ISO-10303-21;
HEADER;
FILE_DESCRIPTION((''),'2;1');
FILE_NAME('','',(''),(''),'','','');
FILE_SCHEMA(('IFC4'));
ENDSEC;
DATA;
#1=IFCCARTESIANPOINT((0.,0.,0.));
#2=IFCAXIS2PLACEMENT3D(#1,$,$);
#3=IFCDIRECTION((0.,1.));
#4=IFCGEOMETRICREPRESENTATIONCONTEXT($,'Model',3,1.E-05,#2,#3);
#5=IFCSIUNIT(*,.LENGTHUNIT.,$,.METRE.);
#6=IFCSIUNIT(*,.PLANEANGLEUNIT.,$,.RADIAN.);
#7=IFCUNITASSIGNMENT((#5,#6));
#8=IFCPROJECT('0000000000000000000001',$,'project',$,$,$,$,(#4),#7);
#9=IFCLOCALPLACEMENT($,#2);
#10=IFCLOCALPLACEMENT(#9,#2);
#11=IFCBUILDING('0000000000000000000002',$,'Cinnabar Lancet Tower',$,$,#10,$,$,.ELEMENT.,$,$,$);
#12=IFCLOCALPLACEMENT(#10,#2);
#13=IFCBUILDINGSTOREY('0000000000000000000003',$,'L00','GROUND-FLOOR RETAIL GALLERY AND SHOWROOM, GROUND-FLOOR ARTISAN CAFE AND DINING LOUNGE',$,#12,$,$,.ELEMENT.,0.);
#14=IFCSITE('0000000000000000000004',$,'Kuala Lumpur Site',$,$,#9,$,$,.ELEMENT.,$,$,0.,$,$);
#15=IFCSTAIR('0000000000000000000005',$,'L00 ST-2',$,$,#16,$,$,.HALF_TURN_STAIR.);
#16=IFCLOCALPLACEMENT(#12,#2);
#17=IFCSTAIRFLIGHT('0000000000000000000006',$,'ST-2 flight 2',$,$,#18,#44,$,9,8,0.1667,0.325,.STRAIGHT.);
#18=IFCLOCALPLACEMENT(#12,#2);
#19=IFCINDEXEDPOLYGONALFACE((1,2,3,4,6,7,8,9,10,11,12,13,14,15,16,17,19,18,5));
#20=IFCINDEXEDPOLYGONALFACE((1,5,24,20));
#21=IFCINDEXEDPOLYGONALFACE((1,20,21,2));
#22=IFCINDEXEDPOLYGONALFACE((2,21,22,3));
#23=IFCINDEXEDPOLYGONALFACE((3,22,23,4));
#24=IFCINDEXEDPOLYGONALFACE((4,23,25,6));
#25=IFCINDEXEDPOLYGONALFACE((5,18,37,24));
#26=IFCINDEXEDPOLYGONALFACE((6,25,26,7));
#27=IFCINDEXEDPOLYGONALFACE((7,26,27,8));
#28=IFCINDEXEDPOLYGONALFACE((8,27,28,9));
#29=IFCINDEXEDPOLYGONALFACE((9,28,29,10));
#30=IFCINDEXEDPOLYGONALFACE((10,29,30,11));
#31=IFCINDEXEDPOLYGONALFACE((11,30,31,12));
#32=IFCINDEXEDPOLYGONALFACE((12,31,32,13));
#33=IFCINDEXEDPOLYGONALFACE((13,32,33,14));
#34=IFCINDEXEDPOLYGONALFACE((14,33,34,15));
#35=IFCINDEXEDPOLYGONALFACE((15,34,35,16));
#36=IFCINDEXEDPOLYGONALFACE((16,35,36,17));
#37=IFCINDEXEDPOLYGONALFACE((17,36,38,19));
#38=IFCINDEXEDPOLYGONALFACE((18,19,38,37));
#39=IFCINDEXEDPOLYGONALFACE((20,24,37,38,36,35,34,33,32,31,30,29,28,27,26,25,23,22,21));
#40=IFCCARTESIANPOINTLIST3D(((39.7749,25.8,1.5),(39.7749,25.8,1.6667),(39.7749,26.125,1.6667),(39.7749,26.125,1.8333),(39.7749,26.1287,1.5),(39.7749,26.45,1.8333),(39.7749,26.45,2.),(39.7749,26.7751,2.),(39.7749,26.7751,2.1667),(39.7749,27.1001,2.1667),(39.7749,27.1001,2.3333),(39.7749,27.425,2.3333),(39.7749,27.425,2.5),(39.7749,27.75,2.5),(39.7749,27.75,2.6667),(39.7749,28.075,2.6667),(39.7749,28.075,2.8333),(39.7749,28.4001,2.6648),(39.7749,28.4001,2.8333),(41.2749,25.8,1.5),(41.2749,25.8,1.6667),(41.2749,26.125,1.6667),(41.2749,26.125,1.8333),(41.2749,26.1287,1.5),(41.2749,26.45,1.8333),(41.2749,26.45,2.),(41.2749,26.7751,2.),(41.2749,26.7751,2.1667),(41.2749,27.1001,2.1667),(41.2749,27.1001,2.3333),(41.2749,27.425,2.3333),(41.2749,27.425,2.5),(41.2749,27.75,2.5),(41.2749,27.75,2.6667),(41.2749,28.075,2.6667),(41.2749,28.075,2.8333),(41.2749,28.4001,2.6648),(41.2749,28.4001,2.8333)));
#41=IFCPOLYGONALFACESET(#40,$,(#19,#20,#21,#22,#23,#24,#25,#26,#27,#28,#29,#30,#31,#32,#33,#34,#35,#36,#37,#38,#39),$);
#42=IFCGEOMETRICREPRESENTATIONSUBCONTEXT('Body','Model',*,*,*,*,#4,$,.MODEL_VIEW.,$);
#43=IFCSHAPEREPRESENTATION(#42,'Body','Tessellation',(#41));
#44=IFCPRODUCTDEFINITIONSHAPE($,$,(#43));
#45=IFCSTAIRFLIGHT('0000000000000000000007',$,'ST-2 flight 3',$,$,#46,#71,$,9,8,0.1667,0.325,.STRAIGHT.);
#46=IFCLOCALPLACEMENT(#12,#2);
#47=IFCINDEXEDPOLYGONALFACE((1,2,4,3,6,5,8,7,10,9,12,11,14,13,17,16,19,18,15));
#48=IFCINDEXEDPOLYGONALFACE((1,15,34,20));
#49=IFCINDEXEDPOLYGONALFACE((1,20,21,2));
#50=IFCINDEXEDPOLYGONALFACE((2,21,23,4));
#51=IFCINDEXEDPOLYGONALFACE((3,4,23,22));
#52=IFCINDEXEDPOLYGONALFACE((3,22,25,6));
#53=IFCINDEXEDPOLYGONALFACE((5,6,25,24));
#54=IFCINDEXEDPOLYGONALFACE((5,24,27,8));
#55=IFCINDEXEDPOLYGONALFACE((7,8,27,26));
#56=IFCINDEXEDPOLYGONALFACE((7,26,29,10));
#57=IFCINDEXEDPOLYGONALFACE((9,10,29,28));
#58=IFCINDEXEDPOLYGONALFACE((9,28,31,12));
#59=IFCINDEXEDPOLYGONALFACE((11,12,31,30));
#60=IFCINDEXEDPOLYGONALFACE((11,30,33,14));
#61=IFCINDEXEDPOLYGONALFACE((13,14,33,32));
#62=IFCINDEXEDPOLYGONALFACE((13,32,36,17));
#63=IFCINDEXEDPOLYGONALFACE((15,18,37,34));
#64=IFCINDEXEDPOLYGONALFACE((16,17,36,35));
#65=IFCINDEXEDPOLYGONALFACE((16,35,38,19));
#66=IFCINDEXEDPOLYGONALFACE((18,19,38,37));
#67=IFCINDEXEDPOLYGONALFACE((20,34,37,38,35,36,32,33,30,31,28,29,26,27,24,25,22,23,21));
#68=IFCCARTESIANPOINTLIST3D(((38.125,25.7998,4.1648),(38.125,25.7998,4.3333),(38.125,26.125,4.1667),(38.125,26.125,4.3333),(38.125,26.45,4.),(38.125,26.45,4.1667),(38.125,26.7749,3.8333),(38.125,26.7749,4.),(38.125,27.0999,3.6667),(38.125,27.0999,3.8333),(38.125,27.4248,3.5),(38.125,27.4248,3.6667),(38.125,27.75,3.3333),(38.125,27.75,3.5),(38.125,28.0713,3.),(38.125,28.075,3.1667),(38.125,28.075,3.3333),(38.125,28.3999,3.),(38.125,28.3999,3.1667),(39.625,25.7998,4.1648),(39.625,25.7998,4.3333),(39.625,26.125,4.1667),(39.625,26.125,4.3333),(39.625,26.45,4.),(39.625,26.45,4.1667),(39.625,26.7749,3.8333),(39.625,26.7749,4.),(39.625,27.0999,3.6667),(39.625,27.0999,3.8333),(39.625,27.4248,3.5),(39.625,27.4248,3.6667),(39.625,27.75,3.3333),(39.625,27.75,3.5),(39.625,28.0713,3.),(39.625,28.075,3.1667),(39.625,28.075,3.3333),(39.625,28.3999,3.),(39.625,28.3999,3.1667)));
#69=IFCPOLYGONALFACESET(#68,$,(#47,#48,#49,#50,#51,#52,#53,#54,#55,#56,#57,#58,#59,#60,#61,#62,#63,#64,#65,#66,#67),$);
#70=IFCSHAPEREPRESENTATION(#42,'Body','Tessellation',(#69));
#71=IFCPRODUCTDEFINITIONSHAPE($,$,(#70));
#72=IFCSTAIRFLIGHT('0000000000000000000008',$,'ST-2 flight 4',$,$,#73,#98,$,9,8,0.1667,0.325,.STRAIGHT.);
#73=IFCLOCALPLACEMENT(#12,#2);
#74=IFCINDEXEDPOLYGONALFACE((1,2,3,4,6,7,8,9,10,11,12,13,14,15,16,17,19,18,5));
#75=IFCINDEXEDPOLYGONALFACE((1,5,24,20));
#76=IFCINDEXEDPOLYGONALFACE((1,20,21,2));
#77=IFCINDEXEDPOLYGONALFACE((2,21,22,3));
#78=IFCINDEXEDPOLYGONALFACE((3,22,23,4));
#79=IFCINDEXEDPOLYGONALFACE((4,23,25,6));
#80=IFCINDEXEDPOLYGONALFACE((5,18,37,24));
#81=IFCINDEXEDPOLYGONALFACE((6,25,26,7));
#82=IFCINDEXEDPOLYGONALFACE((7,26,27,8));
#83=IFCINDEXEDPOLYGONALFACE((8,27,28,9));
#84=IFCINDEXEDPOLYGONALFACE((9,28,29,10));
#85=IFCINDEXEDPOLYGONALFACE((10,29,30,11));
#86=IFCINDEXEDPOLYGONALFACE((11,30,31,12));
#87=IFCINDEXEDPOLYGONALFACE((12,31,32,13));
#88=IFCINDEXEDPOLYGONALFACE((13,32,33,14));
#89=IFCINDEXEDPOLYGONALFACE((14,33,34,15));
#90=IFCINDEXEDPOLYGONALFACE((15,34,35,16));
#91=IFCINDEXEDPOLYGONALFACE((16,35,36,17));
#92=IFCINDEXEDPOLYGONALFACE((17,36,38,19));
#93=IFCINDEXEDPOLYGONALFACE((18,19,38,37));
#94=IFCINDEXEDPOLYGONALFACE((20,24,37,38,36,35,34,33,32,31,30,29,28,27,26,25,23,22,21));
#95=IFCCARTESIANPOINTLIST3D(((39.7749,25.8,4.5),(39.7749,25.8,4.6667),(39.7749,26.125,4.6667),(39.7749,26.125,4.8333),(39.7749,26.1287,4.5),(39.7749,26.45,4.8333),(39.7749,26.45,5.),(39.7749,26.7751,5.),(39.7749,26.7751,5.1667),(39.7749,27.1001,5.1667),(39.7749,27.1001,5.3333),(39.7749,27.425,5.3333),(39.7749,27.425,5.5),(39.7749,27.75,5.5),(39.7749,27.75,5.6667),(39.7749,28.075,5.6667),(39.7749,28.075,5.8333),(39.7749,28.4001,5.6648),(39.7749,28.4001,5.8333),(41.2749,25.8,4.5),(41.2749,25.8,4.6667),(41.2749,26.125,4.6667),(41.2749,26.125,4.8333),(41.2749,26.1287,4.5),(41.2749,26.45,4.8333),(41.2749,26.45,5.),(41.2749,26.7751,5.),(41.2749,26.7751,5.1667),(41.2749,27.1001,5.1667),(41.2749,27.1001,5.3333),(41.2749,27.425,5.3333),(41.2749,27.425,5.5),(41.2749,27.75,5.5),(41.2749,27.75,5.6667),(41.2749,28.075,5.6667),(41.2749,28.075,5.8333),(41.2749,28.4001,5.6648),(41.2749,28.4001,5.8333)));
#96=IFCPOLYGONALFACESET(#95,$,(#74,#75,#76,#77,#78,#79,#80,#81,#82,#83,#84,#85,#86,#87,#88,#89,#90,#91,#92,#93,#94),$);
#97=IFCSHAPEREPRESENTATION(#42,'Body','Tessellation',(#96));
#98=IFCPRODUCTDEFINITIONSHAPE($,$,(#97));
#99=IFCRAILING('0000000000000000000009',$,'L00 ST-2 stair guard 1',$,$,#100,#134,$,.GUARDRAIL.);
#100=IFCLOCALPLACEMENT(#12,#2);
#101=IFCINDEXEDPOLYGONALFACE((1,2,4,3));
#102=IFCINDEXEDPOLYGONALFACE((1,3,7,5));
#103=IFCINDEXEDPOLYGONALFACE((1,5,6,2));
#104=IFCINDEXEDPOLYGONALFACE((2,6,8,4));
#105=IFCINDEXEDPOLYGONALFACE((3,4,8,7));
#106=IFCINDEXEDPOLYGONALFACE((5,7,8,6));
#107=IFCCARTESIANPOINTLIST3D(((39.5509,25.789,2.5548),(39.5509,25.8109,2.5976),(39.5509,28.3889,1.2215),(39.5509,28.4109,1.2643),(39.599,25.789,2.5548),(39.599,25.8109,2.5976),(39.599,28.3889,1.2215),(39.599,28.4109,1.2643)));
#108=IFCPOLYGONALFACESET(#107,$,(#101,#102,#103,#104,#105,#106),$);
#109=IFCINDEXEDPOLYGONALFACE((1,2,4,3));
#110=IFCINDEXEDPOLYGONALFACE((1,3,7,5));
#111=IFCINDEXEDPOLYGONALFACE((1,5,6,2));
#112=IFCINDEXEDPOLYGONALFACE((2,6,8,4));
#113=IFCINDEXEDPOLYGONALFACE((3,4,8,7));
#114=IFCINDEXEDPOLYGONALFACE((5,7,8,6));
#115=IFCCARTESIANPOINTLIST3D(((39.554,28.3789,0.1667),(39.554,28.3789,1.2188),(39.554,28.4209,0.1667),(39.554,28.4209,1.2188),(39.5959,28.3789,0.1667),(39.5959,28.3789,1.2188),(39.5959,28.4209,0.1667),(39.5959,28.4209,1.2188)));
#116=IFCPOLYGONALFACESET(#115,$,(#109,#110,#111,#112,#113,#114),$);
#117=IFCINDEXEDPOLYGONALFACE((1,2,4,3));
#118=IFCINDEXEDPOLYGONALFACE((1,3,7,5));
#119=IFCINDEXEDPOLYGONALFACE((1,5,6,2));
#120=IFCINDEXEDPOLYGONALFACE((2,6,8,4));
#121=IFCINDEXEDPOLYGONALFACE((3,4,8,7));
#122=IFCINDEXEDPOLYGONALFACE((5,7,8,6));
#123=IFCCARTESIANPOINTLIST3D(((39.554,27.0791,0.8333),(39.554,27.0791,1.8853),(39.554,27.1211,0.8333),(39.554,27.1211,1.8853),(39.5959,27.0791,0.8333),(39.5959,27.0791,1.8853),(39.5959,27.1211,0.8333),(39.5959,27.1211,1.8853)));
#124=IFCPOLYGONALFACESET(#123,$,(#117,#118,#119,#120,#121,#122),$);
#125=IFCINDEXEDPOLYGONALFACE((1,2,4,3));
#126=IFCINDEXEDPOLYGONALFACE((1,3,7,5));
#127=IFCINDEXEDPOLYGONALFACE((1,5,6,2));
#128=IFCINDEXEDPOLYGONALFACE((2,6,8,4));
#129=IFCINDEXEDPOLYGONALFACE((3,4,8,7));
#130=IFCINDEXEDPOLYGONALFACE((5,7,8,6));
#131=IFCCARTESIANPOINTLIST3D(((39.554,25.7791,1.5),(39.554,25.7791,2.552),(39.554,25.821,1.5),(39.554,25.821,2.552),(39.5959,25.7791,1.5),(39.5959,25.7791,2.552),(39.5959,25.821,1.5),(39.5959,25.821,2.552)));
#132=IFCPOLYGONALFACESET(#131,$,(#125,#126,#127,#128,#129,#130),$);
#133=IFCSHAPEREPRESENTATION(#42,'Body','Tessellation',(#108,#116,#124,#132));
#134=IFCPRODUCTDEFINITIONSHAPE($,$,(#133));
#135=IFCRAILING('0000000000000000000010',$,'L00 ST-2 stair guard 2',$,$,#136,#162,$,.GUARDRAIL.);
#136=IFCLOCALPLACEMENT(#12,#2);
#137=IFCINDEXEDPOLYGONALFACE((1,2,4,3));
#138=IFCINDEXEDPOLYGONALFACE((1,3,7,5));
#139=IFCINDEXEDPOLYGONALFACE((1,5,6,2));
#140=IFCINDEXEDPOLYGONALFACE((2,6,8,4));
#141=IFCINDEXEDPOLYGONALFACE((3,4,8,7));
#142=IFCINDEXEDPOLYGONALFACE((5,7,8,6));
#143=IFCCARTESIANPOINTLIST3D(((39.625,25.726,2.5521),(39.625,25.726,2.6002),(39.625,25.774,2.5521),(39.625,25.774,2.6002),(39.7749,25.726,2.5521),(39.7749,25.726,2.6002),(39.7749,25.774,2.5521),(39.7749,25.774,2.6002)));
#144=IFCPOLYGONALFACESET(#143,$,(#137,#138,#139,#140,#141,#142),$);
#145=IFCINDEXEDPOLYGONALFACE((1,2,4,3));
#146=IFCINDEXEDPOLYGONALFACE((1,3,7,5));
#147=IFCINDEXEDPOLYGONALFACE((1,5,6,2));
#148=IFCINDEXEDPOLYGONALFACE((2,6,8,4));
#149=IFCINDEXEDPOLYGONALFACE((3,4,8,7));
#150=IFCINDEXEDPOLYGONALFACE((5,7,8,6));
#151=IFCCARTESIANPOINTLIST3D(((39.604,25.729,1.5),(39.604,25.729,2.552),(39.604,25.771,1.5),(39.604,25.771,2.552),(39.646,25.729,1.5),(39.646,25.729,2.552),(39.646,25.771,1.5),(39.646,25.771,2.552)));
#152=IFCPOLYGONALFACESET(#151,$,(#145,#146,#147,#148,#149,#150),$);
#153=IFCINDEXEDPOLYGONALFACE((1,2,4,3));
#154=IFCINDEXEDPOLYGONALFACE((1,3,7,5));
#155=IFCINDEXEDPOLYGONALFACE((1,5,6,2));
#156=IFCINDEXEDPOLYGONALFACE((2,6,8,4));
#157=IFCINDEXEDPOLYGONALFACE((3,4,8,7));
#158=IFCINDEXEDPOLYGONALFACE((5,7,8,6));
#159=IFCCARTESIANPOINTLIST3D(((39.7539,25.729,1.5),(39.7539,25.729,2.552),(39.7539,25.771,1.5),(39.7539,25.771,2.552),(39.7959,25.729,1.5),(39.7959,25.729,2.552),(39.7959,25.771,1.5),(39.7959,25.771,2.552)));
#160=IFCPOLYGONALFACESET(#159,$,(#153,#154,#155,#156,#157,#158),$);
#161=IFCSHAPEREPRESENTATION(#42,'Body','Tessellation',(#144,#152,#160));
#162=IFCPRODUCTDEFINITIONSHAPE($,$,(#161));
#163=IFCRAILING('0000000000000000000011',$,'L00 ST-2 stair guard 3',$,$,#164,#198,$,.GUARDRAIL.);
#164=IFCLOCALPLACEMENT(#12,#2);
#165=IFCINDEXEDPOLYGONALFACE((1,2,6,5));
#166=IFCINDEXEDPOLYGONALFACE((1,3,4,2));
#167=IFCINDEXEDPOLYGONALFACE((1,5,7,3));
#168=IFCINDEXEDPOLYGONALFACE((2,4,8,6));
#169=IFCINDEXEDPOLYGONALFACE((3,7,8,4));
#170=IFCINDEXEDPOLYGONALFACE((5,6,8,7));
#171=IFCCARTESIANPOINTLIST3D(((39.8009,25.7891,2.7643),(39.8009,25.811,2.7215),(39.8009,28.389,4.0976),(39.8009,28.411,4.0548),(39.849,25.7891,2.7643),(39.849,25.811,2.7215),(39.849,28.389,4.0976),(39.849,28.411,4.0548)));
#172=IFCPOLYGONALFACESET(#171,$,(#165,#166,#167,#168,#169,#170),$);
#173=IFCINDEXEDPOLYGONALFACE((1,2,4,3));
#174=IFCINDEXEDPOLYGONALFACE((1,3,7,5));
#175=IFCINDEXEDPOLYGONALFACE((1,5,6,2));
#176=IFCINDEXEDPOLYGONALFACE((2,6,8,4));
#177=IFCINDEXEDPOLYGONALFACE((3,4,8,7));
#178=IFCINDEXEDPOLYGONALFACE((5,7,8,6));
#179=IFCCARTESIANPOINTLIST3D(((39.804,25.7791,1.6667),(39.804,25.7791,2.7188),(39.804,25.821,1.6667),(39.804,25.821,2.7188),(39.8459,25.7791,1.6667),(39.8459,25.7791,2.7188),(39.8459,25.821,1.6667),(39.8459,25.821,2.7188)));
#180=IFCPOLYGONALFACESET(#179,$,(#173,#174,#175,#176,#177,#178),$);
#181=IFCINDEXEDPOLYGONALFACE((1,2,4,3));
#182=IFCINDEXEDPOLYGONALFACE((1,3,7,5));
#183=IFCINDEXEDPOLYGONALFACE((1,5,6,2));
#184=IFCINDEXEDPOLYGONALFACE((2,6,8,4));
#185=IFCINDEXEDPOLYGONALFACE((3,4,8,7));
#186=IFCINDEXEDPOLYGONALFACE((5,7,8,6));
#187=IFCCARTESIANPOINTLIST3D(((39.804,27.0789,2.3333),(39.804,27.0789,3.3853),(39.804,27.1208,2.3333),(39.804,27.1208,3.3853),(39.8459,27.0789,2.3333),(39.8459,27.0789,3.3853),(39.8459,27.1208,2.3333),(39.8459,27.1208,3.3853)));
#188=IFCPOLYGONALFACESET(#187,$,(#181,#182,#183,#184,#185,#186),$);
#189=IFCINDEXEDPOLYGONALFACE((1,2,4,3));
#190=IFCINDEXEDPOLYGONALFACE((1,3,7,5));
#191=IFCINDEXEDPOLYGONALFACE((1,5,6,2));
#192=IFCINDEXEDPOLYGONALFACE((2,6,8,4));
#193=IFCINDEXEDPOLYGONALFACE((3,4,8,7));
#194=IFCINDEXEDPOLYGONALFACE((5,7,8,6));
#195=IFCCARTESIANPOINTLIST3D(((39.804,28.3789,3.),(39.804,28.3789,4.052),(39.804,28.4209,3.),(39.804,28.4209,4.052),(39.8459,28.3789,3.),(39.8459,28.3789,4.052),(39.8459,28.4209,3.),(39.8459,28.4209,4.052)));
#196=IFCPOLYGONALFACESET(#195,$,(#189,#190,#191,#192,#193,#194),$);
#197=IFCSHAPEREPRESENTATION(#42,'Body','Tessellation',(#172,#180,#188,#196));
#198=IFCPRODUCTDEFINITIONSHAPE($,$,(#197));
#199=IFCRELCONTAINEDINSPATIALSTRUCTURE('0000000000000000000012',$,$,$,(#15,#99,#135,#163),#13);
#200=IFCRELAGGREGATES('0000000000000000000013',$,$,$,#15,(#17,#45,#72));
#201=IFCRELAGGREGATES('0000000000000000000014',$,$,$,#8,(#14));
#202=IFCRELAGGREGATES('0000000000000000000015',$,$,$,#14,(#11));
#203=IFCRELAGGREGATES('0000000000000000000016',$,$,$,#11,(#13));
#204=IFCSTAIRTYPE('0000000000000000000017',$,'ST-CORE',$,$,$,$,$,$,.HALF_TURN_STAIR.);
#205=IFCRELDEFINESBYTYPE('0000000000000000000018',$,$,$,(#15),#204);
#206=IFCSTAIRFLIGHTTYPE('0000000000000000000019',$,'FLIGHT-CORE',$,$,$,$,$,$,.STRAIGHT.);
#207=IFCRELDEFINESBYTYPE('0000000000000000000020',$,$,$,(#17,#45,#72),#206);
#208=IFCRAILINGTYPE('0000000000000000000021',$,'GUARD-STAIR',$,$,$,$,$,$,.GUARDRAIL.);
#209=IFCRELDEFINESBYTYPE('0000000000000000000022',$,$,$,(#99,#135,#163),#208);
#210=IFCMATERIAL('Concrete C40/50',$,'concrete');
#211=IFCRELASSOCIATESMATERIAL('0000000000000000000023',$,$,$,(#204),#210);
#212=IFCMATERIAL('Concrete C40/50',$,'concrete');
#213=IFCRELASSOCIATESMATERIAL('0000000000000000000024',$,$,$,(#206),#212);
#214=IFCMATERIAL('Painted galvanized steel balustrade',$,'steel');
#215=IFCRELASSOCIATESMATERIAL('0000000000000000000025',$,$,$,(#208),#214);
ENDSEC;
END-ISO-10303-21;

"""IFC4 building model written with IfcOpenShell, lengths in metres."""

from ifc_helpers import new_model, si_unit, direction, frame, origin, origin_2d, place, context, subcontext, project, spatial, polyline, rectangle, outline, extrude, material, type_object, element, aggregate, save


model = new_model("IFC4")

# Units and contexts
model_context = context("Model", 3, precision=1e-05, world=origin(), true_north=direction((0.0, 1.0)))
body_context = subcontext(model_context, "Body", "Model", "MODEL_VIEW")
ifc_project = project(units=[si_unit("LENGTHUNIT", "METRE"), si_unit("PLANEANGLEUNIT", "RADIAN")], contexts=[model_context])

# Site, building, storey
site_placement = place(None, origin())
site = spatial("IfcSite", under=ifc_project, at=site_placement, Name="Kuala Lumpur Site", CompositionType="ELEMENT", RefElevation=0.0)
building_placement = place(site_placement, origin())
building = spatial("IfcBuilding", under=site, at=building_placement, Name="Cinnabar Lancet Tower", CompositionType="ELEMENT")
storey_placement = place(building_placement, origin())
storey = spatial("IfcBuildingStorey", under=building, at=storey_placement, Name="L00", Description="GROUND-FLOOR RETAIL GALLERY AND SHOWROOM, GROUND-FLOOR ARTISAN CAFE AND DINING LOUNGE", CompositionType="ELEMENT", Elevation=0.0)

# Stair, stair flights
ifc_material_1 = material(Name="Concrete C40/50", Category="concrete")
stair_type = type_object("IfcStairType", Name="ST-CORE", PredefinedType="HALF_TURN_STAIR", material=ifc_material_1)
stair_placement = place(storey_placement, origin())
stair = element("IfcStair", 1, at=stair_placement, inside=storey, type_object=stair_type, Name="L00 ST-2", PredefinedType="HALF_TURN_STAIR")
ifc_material_2 = material(Name="Concrete C40/50", Category="concrete")
stair_flight_type = type_object("IfcStairFlightType", Name="FLIGHT-CORE", PredefinedType="STRAIGHT", material=ifc_material_2)
stair_flight_1_placement = place(storey_placement, frame((40.5249, 25.8, 1.5), z_axis=(0.0, 0.0, 1.0), x_axis=(0.0, 1.0, 0.0)))
stair_flight_1 = element("IfcStairFlight", 2, at=stair_flight_1_placement, type_object=stair_flight_type, Name="ST-2 flight 2", NumberOfRisers=9, NumberOfTreads=8, PredefinedType="STRAIGHT", RiserHeight=0.1667, TreadLength=0.325, context=body_context, shape_type="SweptSolid", body=[
    extrude(outline(polyline([(0.0, 0.0), (0.0, 0.1667), (0.325, 0.1667), (0.325, 0.3333), (0.6499, 0.3333), (0.6499, 0.5), (0.9751, 0.5), (0.9751, 0.6667), (1.3, 0.6667), (1.3, 0.8333), (1.625, 0.8333), (1.625, 1.0), (1.95, 1.0), (1.95, 1.1667), (2.2749, 1.1667), (2.2749, 1.3333), (2.6001, 1.3333), (2.6001, 1.5), (2.6001, 1.1648), (0.3286, 0.0), (0.0, 0.0)])), frame((0.0, 0.75, 0.0), z_axis=(0.0, -1.0, 0.0), x_axis=(1.0, 0.0, 0.0)), (0.0, 0.0, 1.0), 1.5),
])
stair_flight_2_placement = place(storey_placement, frame((38.875, 28.3999, 3.0), z_axis=(0.0, 0.0, 1.0), x_axis=(0.0, -1.0, 0.0)))
stair_flight_2 = element("IfcStairFlight", 3, at=stair_flight_2_placement, type_object=stair_flight_type, Name="ST-2 flight 3", NumberOfRisers=9, NumberOfTreads=8, PredefinedType="STRAIGHT", RiserHeight=0.1667, TreadLength=0.325, context=body_context, shape_type="SweptSolid", body=[
    extrude(outline(polyline([(0.0, 0.0), (0.0, 0.1667), (0.325, 0.1667), (0.325, 0.3333), (0.6499, 0.3333), (0.6499, 0.5), (0.9751, 0.5), (0.9751, 0.6667), (1.3, 0.6667), (1.3, 0.8333), (1.625, 0.8333), (1.625, 1.0), (1.95, 1.0), (1.95, 1.1667), (2.2749, 1.1667), (2.2749, 1.3333), (2.6001, 1.3333), (2.6001, 1.5), (2.6001, 1.1648), (0.3286, 0.0), (0.0, 0.0)])), frame((0.0, 0.75, 0.0), z_axis=(0.0, -1.0, 0.0), x_axis=(1.0, 0.0, 0.0)), (0.0, 0.0, 1.0), 1.5),
])
stair_flight_3_placement = place(storey_placement, frame((40.5249, 25.8, 4.5), z_axis=(0.0, 0.0, 1.0), x_axis=(0.0, 1.0, 0.0)))
stair_flight_3 = element("IfcStairFlight", 4, at=stair_flight_3_placement, type_object=stair_flight_type, Name="ST-2 flight 4", NumberOfRisers=9, NumberOfTreads=8, PredefinedType="STRAIGHT", RiserHeight=0.1667, TreadLength=0.325, context=body_context, shape_type="SweptSolid", body=[
    extrude(outline(polyline([(0.0, 0.0), (0.0, 0.1667), (0.325, 0.1667), (0.325, 0.3333), (0.6499, 0.3333), (0.6499, 0.5), (0.9751, 0.5), (0.9751, 0.6667), (1.3, 0.6667), (1.3, 0.8333), (1.625, 0.8333), (1.625, 1.0), (1.95, 1.0), (1.95, 1.1667), (2.2749, 1.1667), (2.2749, 1.3333), (2.6001, 1.3333), (2.6001, 1.5), (2.6001, 1.1648), (0.3286, 0.0), (0.0, 0.0)])), frame((0.0, 0.75, 0.0), z_axis=(0.0, -1.0, 0.0), x_axis=(1.0, 0.0, 0.0)), (0.0, 0.0, 1.0), 1.5),
])
aggregate(stair, [stair_flight_1, stair_flight_2, stair_flight_3])

# Railings
ifc_material_3 = material(Name="Painted galvanized steel balustrade", Category="steel")
railing_type_1 = type_object("IfcRailingType", Name="GUARD-STAIR", PredefinedType="GUARDRAIL", material=ifc_material_3)
railing_1_placement = place(storey_placement, frame((39.575, 28.3999, 0.1667)))
element("IfcRailing", 5, at=railing_1_placement, inside=storey, type_object=railing_type_1, Name="L00 ST-2 stair guard 1", PredefinedType="GUARDRAIL", context=body_context, shape_type="SweptSolid", body=[
    extrude(rectangle(XDim=0.0481, YDim=0.0481, at=origin_2d()), frame((0.0, 0.0, 1.0762), z_axis=(0.0, -0.889818, 0.456315), x_axis=(1.0, 0.0, 0.0)), (0.0, 0.0, 1.0), 2.9219),
    extrude(rectangle(XDim=0.042, YDim=0.042, at=origin_2d()), origin(), (0.0, 0.0, 1.0), 1.052),
    extrude(rectangle(XDim=0.042, YDim=0.042, at=origin_2d()), frame((0.0, -1.2998, 0.6665)), (0.0, 0.0, 1.0), 1.052),
    extrude(rectangle(XDim=0.042, YDim=0.042, at=origin_2d()), frame((0.0, -2.5999, 1.3333)), (0.0, 0.0, 1.0), 1.052),
])
railing_2_placement = place(storey_placement, frame((39.625, 25.75, 1.5)))
element("IfcRailing", 6, at=railing_2_placement, inside=storey, type_object=railing_type_1, Name="L00 ST-2 stair guard 2", PredefinedType="GUARDRAIL", context=body_context, shape_type="SweptSolid", body=[
    extrude(rectangle(XDim=0.0481, YDim=0.0481, at=origin_2d()), frame((0.0, 0.0, 1.0762), z_axis=(1.0, 0.0, 0.0), x_axis=(0.0, 1.0, 0.0)), (0.0, 0.0, 1.0), 0.1499),
    extrude(rectangle(XDim=0.042, YDim=0.042, at=origin_2d()), origin(), (0.0, 0.0, 1.0), 1.052),
    extrude(rectangle(XDim=0.042, YDim=0.042, at=origin_2d()), frame((0.1499, 0.0, 0.0)), (0.0, 0.0, 1.0), 1.052),
])
railing_3_placement = place(storey_placement, frame((39.825, 25.8, 1.6667)))
element("IfcRailing", 7, at=railing_3_placement, inside=storey, type_object=railing_type_1, Name="L00 ST-2 stair guard 3", PredefinedType="GUARDRAIL", context=body_context, shape_type="SweptSolid", body=[
    extrude(rectangle(XDim=0.0481, YDim=0.0481, at=origin_2d()), frame((0.0, 0.0, 1.0762), z_axis=(0.0, 0.889818, 0.456315), x_axis=(-1.0, 0.0, 0.0)), (0.0, 0.0, 1.0), 2.9219),
    extrude(rectangle(XDim=0.042, YDim=0.042, at=origin_2d()), origin(), (0.0, 0.0, 1.0), 1.052),
    extrude(rectangle(XDim=0.042, YDim=0.042, at=origin_2d()), frame((0.0, 1.2998, 0.6665)), (0.0, 0.0, 1.0), 1.052),
    extrude(rectangle(XDim=0.042, YDim=0.042, at=origin_2d()), frame((0.0, 2.5999, 1.3333)), (0.0, 0.0, 1.0), 1.052),
])

save(model, "model.ifc")
